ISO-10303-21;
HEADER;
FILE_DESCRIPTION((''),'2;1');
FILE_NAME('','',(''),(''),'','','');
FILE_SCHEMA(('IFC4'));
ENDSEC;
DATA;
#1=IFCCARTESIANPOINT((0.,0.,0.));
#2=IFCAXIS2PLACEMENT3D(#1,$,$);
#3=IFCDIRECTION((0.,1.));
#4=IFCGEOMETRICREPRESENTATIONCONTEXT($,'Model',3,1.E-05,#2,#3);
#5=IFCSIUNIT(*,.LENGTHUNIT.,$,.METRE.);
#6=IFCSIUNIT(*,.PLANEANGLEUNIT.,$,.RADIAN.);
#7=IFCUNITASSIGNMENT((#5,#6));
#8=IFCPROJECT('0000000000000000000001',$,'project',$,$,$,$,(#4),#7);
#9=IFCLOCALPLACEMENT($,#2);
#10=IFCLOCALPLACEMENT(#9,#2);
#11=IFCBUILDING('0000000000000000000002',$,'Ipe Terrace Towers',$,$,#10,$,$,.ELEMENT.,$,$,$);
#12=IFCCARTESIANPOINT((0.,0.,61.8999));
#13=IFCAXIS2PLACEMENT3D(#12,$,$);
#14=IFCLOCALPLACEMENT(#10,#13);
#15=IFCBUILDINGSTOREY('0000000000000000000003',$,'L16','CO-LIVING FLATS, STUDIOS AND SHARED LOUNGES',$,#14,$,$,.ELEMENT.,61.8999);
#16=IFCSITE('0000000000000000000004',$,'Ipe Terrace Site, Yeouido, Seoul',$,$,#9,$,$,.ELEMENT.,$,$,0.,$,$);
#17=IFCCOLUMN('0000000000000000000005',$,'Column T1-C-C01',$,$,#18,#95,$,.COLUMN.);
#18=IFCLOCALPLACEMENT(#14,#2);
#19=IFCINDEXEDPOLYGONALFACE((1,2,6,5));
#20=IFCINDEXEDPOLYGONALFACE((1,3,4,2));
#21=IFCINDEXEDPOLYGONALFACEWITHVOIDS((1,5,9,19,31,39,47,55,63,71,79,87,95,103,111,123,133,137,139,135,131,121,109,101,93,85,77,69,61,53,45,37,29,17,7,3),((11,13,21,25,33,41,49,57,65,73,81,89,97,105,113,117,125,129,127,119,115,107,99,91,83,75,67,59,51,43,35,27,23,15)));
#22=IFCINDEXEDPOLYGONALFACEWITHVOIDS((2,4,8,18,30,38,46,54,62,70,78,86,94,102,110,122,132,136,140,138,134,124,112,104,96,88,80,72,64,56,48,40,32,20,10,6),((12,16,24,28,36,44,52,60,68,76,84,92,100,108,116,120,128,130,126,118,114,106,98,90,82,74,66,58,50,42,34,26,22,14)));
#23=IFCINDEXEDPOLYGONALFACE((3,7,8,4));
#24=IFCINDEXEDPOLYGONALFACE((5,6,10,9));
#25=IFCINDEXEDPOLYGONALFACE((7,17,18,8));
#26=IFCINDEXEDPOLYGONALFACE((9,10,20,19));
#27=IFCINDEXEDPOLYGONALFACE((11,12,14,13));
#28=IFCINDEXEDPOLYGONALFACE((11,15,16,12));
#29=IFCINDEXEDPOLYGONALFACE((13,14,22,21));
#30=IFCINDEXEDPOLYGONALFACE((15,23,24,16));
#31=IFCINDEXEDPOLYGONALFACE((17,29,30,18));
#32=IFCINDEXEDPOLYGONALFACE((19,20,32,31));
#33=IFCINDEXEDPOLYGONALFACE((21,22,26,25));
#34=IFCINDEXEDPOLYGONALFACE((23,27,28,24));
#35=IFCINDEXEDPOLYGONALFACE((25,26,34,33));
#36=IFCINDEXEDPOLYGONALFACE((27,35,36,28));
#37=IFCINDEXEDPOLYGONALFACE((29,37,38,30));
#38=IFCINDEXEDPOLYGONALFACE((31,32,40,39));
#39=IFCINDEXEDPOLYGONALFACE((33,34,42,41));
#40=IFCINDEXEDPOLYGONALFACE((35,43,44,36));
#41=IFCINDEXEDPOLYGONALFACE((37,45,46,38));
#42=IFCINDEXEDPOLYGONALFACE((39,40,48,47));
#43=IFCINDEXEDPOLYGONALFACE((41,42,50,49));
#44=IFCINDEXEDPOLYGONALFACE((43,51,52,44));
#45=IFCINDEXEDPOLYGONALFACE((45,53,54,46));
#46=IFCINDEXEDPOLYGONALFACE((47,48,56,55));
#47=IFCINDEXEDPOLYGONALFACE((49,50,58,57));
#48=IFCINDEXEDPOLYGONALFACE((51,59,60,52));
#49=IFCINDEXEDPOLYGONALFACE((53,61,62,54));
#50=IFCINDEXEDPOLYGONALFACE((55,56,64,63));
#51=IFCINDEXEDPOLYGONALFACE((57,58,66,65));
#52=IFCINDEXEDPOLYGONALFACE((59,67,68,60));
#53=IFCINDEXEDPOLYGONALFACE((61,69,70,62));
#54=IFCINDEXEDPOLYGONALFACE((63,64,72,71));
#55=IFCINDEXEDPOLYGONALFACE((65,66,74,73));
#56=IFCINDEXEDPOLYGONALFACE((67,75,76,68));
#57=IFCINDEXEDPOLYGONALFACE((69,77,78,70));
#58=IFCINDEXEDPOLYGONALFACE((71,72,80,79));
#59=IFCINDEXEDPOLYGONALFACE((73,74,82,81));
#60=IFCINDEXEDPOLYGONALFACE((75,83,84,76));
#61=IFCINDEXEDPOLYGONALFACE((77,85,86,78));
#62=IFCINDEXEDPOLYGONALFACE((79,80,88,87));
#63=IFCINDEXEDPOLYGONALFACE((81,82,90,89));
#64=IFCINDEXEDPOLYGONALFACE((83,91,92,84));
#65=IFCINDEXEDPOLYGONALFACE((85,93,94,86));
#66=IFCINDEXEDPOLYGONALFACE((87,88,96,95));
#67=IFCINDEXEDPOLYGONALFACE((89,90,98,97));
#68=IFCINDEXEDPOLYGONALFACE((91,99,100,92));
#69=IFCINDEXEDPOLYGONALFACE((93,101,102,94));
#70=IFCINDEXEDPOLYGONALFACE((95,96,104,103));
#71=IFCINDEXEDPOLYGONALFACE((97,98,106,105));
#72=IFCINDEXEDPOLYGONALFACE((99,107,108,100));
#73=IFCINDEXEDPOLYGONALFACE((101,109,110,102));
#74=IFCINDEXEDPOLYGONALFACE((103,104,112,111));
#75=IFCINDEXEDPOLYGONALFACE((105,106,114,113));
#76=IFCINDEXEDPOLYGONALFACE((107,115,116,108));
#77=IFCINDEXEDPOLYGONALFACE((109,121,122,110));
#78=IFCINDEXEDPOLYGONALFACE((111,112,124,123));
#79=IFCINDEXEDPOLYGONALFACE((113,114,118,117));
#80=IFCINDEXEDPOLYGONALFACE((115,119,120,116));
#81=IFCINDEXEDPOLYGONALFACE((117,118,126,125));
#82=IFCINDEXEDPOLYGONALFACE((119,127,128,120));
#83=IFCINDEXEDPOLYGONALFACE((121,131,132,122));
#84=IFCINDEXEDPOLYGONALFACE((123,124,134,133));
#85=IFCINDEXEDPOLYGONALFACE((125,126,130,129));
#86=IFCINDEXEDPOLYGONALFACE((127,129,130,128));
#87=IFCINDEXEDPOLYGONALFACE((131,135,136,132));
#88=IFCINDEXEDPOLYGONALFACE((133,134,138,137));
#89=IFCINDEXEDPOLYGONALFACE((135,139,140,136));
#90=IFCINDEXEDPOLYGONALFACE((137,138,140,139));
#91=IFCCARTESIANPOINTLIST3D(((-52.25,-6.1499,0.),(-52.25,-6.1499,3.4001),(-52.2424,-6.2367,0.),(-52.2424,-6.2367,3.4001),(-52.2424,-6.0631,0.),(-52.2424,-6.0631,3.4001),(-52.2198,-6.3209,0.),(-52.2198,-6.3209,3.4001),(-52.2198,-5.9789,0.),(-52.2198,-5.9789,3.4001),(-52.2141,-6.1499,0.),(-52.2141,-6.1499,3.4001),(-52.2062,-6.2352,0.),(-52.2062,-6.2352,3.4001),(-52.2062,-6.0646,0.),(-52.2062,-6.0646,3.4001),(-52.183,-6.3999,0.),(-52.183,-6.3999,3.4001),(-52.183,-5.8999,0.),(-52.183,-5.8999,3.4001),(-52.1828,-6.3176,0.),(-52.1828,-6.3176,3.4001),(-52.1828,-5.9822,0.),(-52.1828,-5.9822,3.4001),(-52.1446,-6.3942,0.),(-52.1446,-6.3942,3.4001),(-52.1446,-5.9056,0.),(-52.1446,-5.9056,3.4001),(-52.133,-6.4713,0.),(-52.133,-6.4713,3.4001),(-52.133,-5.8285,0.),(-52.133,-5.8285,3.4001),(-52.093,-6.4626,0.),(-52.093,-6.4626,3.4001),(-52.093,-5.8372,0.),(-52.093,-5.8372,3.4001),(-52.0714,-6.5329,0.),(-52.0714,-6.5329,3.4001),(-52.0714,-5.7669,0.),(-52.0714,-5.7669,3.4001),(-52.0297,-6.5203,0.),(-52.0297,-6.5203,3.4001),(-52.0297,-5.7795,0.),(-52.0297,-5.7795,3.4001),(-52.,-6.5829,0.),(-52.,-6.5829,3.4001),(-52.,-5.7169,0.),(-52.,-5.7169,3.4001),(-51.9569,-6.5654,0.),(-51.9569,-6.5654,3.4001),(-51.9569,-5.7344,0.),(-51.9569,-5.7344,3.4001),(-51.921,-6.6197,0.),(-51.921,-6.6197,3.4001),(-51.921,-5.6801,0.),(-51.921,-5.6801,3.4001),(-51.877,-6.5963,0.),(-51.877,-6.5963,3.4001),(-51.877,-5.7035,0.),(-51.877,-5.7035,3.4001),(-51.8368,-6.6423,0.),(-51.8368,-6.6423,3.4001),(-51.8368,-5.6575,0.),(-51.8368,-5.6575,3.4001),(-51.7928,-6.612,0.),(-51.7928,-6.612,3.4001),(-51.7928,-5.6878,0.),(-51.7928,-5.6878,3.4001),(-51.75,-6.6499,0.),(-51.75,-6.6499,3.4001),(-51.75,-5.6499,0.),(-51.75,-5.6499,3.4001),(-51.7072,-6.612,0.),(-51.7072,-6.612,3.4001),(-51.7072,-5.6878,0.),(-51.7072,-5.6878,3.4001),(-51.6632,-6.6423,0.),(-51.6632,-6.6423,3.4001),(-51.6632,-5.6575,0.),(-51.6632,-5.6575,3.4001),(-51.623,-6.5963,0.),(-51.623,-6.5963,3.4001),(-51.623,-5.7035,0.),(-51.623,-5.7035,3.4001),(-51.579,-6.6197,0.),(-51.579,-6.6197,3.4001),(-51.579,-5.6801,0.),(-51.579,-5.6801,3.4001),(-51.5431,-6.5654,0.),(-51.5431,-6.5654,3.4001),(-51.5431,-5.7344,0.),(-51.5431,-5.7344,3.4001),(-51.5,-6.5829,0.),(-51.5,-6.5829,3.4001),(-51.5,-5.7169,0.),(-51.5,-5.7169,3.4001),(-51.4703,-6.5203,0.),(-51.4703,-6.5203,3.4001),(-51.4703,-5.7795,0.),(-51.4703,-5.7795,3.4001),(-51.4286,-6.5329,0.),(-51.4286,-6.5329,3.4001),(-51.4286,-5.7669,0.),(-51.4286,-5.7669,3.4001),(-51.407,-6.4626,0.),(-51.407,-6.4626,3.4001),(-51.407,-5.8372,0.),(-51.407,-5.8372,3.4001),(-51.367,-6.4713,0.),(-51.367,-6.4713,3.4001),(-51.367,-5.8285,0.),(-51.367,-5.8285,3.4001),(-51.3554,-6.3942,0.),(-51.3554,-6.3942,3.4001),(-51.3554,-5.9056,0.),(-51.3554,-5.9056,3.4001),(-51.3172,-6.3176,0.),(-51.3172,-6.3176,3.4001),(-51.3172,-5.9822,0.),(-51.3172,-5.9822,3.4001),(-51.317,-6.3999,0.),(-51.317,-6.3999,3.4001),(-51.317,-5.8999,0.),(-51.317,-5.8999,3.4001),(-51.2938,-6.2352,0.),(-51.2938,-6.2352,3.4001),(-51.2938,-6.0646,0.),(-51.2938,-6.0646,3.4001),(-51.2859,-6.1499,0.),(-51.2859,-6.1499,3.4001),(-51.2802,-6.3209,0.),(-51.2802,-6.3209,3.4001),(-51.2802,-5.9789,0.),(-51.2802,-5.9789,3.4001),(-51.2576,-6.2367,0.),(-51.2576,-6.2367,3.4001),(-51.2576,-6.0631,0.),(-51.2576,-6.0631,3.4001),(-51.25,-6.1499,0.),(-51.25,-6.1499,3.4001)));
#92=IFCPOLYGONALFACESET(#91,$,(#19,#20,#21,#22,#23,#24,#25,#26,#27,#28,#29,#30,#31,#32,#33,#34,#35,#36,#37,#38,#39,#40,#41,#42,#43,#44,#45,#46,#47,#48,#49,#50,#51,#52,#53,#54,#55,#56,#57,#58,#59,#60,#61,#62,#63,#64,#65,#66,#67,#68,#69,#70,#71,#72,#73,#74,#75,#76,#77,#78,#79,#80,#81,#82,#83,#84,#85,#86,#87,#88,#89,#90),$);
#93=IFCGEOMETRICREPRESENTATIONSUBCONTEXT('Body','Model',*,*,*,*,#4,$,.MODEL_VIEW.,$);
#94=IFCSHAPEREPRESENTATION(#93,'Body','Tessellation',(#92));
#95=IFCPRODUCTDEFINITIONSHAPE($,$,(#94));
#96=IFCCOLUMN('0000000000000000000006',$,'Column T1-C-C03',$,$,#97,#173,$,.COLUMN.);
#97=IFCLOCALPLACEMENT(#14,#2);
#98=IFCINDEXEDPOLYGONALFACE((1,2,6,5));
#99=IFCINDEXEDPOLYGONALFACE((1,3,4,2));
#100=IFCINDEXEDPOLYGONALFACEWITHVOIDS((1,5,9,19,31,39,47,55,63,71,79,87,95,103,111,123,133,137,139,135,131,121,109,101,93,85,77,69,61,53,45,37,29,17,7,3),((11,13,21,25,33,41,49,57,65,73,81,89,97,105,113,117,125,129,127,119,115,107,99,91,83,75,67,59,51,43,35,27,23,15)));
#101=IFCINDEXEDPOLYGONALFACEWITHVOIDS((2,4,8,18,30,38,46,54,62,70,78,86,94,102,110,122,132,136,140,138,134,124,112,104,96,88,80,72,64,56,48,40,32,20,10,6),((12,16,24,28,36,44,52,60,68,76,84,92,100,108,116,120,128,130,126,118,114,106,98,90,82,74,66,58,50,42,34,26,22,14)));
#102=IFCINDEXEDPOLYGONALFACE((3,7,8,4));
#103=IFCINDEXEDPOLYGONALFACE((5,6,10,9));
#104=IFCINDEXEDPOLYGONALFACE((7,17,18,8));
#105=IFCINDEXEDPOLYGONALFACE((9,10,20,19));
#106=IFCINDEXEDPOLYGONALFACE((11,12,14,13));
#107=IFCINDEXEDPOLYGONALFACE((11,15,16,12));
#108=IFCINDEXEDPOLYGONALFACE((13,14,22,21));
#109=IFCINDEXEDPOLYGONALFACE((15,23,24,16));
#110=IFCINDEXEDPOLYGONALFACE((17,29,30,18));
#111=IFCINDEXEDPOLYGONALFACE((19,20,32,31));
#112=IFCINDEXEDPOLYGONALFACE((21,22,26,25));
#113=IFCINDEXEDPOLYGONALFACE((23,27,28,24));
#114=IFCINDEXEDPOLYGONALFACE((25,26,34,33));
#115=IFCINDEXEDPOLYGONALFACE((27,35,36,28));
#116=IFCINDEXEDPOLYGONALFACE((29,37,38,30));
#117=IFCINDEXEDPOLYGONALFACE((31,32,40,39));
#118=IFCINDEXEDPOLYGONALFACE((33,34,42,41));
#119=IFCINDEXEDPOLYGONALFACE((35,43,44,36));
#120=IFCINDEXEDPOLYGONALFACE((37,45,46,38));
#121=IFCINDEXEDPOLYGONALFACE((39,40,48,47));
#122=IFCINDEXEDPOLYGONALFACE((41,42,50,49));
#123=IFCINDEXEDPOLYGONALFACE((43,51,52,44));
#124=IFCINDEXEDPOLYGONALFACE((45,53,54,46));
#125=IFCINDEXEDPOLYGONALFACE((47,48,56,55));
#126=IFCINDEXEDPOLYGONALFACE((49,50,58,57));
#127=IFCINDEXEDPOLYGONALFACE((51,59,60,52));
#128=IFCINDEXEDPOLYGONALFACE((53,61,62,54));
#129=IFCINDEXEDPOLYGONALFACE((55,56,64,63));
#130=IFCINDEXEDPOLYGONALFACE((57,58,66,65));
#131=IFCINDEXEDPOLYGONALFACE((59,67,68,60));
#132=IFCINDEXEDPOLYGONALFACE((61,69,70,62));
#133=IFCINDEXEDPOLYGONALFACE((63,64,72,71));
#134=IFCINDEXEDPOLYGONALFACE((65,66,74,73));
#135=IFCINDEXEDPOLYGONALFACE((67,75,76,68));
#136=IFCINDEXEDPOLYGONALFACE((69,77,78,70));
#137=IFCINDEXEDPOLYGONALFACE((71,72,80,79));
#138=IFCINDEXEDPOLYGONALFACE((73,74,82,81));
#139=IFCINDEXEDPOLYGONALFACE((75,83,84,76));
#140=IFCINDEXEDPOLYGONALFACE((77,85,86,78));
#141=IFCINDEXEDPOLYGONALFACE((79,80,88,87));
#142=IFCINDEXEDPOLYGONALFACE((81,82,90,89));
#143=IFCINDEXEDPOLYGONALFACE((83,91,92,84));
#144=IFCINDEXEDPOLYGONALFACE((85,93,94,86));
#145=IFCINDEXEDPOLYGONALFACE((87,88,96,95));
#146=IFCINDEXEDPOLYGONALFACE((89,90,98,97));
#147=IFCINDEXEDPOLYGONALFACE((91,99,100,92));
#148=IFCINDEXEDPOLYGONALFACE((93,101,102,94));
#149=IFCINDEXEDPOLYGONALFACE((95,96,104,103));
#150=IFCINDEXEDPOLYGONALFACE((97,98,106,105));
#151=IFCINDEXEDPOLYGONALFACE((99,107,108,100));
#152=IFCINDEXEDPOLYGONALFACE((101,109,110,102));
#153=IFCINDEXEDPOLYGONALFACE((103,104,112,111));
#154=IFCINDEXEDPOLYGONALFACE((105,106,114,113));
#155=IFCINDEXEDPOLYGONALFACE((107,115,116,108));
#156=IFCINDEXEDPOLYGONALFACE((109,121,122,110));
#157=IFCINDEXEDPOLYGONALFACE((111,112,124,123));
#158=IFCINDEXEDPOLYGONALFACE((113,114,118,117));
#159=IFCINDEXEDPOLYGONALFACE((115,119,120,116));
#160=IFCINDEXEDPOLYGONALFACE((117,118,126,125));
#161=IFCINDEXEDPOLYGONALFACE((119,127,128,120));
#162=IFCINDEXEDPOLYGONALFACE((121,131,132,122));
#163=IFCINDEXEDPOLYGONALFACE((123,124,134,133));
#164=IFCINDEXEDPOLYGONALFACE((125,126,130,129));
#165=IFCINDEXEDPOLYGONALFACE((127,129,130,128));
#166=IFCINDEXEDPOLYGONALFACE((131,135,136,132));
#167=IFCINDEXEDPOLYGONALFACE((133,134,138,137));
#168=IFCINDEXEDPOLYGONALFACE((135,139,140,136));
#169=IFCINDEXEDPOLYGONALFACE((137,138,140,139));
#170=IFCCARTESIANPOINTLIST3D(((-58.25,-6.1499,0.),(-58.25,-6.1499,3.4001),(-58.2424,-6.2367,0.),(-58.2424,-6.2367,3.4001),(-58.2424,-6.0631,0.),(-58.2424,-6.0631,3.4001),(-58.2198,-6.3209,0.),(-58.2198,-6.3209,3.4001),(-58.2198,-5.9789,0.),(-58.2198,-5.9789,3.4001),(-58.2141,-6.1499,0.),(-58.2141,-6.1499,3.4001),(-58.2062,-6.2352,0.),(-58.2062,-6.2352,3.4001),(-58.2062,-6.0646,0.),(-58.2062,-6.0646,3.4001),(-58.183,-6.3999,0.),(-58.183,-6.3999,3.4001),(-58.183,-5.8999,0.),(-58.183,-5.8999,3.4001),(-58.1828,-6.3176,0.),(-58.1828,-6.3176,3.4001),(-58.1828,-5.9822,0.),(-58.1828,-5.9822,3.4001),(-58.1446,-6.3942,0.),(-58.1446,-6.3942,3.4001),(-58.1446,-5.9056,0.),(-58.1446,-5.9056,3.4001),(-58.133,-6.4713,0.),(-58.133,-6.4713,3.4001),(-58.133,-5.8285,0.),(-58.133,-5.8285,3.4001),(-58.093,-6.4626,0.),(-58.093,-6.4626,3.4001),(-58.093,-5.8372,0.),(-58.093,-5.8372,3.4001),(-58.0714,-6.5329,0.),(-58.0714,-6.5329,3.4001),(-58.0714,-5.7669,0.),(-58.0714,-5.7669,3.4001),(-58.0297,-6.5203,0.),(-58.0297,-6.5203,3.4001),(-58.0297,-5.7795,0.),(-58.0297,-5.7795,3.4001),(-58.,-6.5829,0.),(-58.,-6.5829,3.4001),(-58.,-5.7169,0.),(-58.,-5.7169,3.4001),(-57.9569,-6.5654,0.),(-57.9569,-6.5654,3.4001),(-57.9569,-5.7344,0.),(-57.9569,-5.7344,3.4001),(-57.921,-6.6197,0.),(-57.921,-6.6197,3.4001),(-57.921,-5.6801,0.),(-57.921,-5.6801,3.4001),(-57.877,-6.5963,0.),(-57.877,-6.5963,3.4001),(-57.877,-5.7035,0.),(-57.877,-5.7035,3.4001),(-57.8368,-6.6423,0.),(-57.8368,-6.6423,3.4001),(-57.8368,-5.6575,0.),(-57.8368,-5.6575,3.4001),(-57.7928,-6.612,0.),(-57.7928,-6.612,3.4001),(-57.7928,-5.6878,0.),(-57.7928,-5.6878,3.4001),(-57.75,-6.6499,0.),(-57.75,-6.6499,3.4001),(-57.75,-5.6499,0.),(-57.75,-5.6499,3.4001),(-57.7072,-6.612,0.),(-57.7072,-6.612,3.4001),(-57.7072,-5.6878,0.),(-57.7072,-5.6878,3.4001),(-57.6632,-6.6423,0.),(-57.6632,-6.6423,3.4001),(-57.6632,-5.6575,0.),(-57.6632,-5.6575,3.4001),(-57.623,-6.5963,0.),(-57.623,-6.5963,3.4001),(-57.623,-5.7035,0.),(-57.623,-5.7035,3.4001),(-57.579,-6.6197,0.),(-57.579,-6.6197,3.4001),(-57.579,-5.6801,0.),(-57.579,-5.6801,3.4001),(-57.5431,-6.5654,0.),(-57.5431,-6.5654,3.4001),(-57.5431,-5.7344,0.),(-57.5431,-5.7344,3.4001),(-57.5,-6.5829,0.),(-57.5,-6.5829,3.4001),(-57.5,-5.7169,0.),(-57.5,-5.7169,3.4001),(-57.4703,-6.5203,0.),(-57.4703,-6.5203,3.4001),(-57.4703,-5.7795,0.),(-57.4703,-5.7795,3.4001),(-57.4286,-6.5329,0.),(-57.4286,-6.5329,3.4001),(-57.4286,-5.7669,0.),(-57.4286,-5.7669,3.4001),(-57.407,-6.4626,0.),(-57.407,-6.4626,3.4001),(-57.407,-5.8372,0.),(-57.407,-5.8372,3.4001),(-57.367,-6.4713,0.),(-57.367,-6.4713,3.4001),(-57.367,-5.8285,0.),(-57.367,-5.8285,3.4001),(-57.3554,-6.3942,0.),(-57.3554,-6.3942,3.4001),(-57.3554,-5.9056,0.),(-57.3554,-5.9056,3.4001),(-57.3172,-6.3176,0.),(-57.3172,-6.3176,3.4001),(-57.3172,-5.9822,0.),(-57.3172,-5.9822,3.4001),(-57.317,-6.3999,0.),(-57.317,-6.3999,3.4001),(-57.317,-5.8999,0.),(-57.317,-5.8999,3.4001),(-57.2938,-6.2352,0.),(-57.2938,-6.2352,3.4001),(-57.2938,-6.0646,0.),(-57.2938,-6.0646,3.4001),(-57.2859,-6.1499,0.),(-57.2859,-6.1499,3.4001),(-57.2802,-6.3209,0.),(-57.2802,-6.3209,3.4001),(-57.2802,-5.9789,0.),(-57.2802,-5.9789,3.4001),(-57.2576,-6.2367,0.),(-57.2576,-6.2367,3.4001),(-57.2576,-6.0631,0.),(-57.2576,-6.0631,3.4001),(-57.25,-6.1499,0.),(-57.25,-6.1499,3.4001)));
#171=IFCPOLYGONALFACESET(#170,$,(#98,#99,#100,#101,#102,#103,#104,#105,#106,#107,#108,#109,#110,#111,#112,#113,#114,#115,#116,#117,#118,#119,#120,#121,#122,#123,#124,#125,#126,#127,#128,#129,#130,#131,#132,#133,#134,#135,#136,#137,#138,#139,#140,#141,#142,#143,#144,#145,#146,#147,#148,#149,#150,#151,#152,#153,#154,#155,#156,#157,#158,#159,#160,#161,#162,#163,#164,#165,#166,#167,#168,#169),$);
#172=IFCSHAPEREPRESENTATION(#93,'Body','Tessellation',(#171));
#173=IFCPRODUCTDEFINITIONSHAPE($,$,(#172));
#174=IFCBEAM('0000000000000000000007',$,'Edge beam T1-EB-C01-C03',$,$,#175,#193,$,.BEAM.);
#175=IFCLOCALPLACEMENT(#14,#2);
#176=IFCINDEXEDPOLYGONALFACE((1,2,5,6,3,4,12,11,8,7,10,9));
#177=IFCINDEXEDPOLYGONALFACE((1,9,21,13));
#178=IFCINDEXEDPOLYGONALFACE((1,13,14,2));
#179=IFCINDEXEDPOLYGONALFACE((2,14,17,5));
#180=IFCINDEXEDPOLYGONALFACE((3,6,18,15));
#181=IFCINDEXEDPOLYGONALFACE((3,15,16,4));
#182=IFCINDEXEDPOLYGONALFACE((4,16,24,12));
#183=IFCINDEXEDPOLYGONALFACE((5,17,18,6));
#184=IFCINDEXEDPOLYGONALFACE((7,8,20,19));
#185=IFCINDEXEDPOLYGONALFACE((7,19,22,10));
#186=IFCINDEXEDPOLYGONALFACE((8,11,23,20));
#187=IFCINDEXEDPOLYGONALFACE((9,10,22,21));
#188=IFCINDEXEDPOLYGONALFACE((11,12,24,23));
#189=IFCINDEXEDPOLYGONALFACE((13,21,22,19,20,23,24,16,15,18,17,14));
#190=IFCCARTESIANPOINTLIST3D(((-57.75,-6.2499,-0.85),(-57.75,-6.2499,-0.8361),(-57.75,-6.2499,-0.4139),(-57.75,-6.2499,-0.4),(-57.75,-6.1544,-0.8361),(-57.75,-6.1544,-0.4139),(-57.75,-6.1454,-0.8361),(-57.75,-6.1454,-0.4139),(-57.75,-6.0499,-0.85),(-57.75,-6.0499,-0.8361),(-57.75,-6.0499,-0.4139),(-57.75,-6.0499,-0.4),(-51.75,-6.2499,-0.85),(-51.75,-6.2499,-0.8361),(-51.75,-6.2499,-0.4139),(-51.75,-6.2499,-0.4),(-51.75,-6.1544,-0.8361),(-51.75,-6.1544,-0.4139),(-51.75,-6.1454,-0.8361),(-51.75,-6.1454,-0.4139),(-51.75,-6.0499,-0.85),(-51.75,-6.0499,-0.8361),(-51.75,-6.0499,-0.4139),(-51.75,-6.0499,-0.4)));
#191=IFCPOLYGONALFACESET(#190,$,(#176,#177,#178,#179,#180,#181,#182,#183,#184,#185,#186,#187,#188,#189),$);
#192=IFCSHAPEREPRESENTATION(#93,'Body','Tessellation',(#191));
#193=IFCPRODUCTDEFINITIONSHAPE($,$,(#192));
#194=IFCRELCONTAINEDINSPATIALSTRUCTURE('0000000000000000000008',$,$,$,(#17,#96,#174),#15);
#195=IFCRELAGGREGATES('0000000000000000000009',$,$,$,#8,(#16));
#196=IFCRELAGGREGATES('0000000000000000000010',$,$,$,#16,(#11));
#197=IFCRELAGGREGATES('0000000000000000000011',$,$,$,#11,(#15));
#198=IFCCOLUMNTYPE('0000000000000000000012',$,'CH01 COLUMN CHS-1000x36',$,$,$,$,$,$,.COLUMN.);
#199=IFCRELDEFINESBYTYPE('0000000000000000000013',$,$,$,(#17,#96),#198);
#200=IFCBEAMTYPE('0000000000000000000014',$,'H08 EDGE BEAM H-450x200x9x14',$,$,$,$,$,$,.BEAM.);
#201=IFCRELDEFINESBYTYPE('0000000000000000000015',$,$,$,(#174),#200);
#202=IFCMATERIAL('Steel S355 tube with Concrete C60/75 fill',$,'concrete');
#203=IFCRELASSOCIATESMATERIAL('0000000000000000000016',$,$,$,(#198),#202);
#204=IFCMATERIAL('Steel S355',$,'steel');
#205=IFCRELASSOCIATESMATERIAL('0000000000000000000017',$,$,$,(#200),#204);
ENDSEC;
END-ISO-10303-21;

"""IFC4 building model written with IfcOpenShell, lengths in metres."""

from ifc_helpers import new_model, si_unit, direction, frame, origin, origin_2d, place, context, subcontext, project, spatial, hollow_circle, i_section, extrude, material, material_profile, profile_set, type_object, element, save


model = new_model("IFC4")

# Units and contexts
model_context = context("Model", 3, precision=1e-05, world=origin(), true_north=direction((0.0, 1.0)))
body_context = subcontext(model_context, "Body", "Model", "MODEL_VIEW")
ifc_project = project(units=[si_unit("LENGTHUNIT", "METRE"), si_unit("PLANEANGLEUNIT", "RADIAN")], contexts=[model_context])

# Site, building, storey
site_placement = place(None, origin())
site = spatial("IfcSite", under=ifc_project, at=site_placement, Name="Ipe Terrace Site, Yeouido, Seoul", CompositionType="ELEMENT", RefElevation=0.0)
building_placement = place(site_placement, origin())
building = spatial("IfcBuilding", under=site, at=building_placement, Name="Ipe Terrace Towers", CompositionType="ELEMENT")
storey_placement = place(building_placement, frame((0.0, 0.0, 61.8999)))
storey = spatial("IfcBuildingStorey", under=building, at=storey_placement, Name="L16", Description="CO-LIVING FLATS, STUDIOS AND SHARED LOUNGES", CompositionType="ELEMENT", Elevation=61.8999)

# Columns
ifc_material_1 = material(Name="Steel S355 tube with Concrete C60/75 fill", Category="concrete")
ifc_material_profile_1 = material_profile(ifc_material_1, hollow_circle(Radius=0.5, WallThickness=0.0359, at=origin_2d()), Name="CHS-1000x36")
ifc_profile_set_1 = profile_set([ifc_material_profile_1], Name="Steel S355 tube with Concrete C60/75 fill")
column_type = type_object("IfcColumnType", Name="CH01 COLUMN CHS-1000x36", PredefinedType="COLUMN", material=ifc_profile_set_1)
for number, where, z_axis, x_axis, name in (
    (1, (-51.75, -6.1499, 0.0), (0.0, 0.0, 1.0), (1.0, 0.0, 0.0), "Column T1-C-C01"),
    (2, (-57.75, -6.1499, 0.0), (0.0, 0.0, 1.0), (1.0, 0.0, 0.0), "Column T1-C-C03"),
):
    element("IfcColumn", number, at=place(storey_placement, frame(where, z_axis=z_axis, x_axis=x_axis)), inside=storey, type_object=column_type, Name=name, PredefinedType="COLUMN", context=body_context, shape_type="SweptSolid", body=[
        extrude(hollow_circle(Radius=0.5, WallThickness=0.0359, at=origin_2d()), origin(), (0.0, 0.0, 1.0), 3.4001),
    ])

# Beam
ifc_material_2 = material(Name="Steel S355", Category="steel")
ifc_material_profile_2 = material_profile(ifc_material_2, i_section(OverallWidth=0.2, OverallDepth=0.45, WebThickness=0.009, FlangeThickness=0.0139, at=origin_2d()), Name="H-450x200x9x14")
ifc_profile_set_2 = profile_set([ifc_material_profile_2], Name="Steel S355")
beam_type = type_object("IfcBeamType", Name="H08 EDGE BEAM H-450x200x9x14", PredefinedType="BEAM", material=ifc_profile_set_2)
beam_placement = place(storey_placement, frame((-51.75, -6.1499, -0.625), z_axis=(-1.0, 0.0, 0.0), x_axis=(0.0, -1.0, 0.0)))
element("IfcBeam", 3, at=beam_placement, inside=storey, type_object=beam_type, Name="Edge beam T1-EB-C01-C03", PredefinedType="BEAM", context=body_context, shape_type="SweptSolid", body=[
    extrude(i_section(OverallWidth=0.2, OverallDepth=0.45, WebThickness=0.009, FlangeThickness=0.0139, at=origin_2d()), origin(), (0.0, 0.0, 1.0), 6.0),
])

save(model, "model.ifc")
